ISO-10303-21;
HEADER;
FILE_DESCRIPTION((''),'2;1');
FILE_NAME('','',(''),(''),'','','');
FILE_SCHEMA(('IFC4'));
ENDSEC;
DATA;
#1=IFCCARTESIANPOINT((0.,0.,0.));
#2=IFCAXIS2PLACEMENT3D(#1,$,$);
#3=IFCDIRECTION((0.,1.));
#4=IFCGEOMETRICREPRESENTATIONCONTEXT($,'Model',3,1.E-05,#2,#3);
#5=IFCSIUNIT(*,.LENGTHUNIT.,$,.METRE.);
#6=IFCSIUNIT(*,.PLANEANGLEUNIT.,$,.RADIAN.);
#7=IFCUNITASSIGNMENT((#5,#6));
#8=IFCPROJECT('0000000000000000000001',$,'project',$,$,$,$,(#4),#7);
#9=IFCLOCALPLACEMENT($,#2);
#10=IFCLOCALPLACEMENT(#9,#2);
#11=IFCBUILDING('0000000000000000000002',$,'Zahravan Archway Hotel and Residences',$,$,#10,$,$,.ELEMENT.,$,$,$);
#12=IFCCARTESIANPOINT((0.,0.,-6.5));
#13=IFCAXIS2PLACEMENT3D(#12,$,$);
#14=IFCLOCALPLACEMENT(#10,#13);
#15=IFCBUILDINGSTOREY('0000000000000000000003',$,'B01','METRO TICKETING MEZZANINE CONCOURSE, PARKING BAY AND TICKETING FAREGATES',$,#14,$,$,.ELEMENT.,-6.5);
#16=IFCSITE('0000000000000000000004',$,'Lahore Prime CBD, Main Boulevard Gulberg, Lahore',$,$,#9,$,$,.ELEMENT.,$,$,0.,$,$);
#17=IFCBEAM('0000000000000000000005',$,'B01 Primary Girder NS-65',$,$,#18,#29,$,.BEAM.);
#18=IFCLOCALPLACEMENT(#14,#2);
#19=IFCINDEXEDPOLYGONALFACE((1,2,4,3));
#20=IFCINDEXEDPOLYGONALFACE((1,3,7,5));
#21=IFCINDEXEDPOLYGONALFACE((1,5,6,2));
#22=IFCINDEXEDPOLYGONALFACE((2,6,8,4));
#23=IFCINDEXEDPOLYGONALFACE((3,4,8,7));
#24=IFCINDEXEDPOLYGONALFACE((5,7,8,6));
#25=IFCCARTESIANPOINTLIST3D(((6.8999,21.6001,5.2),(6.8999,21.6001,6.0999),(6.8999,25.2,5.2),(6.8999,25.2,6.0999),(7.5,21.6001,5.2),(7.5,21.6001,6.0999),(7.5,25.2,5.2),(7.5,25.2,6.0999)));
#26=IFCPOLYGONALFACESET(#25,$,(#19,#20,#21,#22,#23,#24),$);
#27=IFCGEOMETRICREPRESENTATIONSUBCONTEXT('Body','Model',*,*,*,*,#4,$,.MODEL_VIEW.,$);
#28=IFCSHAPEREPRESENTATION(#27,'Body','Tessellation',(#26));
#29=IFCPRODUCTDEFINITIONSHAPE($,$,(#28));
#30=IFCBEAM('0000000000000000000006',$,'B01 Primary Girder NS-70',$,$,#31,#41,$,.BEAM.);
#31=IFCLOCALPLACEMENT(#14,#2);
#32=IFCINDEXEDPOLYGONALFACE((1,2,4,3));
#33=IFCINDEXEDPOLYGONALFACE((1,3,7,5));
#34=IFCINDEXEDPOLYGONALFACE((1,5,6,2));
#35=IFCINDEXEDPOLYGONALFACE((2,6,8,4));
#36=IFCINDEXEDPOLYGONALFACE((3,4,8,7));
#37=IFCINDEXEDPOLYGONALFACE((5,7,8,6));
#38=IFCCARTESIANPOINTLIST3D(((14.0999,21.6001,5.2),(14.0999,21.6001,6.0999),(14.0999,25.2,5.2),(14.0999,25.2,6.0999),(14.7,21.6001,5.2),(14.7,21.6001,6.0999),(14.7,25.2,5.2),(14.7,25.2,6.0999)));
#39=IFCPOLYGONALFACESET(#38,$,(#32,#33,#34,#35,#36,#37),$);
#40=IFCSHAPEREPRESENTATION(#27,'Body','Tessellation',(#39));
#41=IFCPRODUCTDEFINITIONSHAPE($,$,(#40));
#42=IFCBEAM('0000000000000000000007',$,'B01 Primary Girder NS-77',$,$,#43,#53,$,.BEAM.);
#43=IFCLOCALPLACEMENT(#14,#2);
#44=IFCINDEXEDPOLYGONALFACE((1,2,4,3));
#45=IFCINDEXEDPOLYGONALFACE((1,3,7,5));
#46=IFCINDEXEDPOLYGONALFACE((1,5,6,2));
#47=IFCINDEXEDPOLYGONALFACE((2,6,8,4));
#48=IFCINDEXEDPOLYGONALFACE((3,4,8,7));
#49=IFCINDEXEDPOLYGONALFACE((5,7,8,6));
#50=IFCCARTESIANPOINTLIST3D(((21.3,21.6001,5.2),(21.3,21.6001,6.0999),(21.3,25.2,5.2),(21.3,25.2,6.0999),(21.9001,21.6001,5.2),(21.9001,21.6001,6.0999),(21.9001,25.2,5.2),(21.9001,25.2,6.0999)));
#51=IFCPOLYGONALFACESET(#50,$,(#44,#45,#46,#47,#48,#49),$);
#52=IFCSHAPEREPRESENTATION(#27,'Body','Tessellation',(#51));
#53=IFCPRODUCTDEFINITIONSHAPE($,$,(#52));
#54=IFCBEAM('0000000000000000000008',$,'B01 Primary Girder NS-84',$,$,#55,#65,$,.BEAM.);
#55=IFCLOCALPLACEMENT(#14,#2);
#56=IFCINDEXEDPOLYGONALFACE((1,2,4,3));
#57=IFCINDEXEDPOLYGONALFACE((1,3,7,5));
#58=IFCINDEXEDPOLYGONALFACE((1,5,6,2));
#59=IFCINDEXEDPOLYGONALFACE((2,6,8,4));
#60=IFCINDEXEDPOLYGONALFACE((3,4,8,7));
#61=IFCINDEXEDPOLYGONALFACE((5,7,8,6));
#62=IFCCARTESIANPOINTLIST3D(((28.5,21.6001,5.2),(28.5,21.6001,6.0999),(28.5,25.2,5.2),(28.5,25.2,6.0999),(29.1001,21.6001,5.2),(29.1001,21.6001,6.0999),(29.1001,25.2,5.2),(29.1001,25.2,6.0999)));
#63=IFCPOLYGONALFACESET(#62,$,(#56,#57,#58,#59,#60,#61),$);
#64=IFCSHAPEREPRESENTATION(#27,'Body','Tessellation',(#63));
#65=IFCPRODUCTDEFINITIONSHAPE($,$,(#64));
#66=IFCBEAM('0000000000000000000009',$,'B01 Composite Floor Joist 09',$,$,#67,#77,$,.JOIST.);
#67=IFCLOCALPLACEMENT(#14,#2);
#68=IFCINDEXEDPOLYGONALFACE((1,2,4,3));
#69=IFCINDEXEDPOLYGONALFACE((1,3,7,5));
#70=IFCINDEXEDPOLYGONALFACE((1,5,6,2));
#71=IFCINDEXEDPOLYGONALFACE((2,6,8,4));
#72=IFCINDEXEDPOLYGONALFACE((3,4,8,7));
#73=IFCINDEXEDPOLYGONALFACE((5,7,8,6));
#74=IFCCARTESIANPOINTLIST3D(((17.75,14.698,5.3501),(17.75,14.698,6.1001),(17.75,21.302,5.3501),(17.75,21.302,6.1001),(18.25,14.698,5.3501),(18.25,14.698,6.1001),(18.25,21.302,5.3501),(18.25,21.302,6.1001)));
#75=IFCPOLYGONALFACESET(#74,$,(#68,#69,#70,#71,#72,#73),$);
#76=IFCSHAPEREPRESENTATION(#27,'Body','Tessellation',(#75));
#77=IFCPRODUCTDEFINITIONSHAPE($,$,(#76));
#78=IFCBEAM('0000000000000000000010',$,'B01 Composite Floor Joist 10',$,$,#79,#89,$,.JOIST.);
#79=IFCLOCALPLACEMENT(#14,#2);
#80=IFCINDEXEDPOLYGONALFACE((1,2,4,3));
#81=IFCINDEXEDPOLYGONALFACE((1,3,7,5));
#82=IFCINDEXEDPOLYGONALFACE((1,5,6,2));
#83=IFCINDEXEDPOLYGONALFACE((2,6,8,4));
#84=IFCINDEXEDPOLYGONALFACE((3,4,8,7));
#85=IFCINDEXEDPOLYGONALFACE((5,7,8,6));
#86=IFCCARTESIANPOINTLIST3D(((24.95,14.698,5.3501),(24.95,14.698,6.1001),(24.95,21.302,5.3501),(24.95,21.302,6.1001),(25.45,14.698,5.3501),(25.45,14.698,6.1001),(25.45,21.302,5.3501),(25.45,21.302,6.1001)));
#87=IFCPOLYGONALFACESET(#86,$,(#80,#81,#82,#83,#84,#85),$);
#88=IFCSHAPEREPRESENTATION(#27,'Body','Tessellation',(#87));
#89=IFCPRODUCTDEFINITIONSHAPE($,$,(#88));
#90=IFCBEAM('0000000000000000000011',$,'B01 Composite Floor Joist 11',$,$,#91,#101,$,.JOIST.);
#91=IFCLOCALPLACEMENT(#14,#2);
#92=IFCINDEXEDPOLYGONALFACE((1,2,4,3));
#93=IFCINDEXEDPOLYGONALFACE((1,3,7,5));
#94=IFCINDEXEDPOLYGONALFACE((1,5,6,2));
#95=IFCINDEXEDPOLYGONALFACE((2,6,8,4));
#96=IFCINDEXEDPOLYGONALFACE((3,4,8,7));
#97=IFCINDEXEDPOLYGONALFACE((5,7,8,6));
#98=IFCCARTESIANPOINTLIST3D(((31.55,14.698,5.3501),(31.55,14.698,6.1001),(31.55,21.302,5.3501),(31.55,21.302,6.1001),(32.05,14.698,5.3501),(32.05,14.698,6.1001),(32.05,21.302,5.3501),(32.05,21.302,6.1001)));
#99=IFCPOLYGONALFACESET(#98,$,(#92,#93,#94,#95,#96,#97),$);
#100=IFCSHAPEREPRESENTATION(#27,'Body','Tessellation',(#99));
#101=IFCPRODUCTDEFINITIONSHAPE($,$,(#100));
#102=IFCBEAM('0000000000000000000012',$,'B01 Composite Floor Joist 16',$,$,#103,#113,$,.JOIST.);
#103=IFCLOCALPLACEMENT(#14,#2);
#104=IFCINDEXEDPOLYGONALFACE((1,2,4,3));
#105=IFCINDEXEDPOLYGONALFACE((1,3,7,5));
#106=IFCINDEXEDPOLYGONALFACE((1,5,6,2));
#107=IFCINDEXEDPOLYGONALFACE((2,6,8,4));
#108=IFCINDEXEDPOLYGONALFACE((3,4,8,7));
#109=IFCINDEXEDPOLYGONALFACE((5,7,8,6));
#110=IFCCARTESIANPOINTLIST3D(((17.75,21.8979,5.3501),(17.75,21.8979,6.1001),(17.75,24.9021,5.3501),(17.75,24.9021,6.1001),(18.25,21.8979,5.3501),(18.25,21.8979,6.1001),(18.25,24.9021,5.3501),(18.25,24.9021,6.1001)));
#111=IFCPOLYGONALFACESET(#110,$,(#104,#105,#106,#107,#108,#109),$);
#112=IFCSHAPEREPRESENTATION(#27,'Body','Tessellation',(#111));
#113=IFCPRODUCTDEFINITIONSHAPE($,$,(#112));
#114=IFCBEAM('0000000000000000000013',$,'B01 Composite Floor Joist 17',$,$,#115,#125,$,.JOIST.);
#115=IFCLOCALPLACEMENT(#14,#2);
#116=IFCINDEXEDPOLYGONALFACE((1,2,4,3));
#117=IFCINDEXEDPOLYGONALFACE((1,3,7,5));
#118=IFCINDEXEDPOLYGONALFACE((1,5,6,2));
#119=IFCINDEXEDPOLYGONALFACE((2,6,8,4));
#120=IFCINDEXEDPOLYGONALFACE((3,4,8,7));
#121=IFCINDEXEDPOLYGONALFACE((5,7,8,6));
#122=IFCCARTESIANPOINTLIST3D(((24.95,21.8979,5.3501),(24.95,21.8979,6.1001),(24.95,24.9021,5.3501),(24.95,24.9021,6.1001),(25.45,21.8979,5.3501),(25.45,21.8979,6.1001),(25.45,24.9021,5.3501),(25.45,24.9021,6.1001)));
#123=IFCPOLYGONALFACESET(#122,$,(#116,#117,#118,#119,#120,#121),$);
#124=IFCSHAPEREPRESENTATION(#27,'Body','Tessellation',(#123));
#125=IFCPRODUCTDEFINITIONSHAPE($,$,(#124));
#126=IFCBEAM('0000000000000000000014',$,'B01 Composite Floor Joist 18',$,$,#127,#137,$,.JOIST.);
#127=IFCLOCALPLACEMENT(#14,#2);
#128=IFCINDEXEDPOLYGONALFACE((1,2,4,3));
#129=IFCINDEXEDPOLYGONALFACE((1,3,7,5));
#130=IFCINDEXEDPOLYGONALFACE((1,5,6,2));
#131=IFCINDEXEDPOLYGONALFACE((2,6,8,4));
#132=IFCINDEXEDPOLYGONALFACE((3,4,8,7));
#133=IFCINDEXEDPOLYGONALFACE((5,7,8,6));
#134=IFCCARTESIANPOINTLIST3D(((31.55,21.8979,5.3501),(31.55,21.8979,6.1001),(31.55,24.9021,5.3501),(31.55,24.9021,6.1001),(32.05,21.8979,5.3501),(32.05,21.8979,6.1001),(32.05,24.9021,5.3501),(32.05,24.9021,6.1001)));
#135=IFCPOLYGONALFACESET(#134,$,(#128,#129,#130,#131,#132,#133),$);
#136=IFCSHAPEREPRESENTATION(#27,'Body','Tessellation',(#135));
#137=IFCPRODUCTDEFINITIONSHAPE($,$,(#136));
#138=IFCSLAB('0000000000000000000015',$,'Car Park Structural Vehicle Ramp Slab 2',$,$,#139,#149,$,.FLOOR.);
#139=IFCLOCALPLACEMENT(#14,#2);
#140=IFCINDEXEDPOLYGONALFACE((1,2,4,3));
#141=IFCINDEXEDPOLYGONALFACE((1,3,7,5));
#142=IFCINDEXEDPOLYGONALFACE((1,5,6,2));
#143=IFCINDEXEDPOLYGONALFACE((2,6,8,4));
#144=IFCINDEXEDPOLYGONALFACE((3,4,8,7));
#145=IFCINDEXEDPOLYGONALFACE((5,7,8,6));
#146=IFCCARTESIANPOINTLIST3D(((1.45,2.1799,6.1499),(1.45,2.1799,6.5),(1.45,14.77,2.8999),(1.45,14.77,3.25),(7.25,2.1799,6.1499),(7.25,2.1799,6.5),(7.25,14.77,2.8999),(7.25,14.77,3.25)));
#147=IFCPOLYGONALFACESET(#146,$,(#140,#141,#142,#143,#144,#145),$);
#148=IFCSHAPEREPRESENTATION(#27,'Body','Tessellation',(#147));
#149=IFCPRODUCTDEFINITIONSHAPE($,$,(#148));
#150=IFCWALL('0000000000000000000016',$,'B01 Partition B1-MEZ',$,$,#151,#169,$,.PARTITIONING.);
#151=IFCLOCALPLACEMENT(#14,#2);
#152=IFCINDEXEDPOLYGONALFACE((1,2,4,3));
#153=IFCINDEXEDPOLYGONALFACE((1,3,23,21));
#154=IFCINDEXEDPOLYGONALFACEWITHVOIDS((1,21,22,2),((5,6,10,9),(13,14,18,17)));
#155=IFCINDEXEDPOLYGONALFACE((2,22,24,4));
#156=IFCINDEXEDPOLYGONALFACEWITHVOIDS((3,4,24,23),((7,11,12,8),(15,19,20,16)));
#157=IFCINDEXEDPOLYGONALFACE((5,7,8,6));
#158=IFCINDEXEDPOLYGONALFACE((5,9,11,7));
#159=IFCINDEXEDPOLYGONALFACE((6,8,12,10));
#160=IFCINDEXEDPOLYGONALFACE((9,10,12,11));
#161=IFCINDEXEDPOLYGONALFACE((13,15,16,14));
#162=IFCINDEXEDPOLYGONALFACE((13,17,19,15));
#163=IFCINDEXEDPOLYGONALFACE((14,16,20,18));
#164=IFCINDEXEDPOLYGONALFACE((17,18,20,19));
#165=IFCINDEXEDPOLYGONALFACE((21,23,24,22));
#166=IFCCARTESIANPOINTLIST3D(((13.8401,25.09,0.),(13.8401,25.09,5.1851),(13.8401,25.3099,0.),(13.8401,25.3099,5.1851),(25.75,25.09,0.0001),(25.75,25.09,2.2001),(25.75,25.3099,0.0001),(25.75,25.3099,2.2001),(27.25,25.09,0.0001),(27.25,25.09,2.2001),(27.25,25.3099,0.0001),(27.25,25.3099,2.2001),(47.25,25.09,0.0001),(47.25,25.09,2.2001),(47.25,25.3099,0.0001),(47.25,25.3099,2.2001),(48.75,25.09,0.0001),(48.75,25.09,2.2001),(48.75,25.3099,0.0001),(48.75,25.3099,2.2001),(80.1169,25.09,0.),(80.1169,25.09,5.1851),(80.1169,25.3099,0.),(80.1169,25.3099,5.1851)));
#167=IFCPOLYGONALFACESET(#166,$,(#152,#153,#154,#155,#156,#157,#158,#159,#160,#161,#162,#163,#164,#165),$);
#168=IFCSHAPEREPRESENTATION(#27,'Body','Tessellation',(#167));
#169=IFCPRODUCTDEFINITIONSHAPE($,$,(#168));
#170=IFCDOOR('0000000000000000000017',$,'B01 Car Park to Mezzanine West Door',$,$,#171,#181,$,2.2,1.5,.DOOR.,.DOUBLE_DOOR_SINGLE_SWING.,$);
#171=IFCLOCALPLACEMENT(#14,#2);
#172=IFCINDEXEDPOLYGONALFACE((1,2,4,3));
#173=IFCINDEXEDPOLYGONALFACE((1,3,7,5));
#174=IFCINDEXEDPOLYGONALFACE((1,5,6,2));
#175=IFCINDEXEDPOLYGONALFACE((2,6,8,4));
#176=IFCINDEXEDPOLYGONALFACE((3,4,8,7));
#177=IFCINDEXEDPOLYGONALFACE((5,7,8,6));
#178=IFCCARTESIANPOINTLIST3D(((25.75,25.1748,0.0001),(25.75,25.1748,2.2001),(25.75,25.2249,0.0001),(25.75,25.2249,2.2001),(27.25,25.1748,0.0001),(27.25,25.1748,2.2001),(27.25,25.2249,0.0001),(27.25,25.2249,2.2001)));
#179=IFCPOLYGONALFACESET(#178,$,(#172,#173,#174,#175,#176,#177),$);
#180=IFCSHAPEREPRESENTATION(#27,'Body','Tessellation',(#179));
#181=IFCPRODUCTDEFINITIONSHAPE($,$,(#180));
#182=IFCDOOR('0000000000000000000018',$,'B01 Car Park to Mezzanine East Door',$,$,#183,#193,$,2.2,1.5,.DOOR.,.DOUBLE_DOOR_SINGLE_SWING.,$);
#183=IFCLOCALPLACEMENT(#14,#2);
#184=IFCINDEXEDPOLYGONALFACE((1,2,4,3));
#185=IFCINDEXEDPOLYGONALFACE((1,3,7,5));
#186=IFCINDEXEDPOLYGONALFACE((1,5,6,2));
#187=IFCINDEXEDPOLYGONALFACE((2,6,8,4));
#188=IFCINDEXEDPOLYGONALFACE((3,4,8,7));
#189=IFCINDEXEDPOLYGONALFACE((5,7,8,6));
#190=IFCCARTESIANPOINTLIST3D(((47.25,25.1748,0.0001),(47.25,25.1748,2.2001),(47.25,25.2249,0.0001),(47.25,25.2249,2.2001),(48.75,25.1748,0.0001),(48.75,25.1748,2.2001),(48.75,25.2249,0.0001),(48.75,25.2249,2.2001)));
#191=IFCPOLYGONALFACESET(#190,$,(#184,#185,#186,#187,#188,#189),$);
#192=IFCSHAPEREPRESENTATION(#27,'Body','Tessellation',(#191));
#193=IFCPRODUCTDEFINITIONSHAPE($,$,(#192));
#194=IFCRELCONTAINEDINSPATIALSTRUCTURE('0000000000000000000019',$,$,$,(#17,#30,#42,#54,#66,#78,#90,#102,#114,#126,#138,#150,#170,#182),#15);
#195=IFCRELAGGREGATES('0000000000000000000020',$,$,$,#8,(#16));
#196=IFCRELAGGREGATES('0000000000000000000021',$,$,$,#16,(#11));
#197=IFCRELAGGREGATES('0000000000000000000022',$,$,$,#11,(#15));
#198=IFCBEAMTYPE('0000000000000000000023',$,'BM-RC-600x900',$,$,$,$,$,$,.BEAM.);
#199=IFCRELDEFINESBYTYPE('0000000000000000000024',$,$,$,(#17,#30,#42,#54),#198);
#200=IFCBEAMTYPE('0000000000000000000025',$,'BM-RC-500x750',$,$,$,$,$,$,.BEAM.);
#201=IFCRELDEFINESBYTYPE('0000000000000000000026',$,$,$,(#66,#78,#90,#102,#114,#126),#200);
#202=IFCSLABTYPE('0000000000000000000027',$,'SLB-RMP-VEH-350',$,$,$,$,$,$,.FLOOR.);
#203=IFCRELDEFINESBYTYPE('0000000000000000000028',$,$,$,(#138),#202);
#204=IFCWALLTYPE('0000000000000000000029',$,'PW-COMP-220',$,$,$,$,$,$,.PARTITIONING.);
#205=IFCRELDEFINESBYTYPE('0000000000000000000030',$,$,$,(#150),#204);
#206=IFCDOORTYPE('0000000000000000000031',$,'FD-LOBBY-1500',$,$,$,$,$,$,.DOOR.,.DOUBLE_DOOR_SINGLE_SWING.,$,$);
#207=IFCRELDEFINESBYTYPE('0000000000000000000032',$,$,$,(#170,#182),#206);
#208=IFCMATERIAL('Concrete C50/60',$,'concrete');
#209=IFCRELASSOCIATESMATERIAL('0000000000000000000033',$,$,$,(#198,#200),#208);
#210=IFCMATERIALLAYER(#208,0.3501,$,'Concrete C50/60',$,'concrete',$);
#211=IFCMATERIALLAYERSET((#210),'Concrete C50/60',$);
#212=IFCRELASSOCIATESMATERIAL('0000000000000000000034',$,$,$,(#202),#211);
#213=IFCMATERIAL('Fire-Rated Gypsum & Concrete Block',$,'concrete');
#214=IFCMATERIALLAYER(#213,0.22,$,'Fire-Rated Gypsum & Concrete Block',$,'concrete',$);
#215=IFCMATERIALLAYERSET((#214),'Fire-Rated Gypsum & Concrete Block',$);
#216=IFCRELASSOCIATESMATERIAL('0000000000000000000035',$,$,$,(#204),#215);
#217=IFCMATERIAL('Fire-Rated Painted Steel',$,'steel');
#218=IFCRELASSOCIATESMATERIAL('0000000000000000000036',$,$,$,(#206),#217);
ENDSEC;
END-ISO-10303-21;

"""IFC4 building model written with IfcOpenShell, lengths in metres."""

from ifc_helpers import new_model, si_unit, direction, frame, frame_2d, origin, origin_2d, place, context, subcontext, project, spatial, polyline, rectangle, outline, extrude, source, transform, mapped, material, layer, layer_set, material_profile, profile_set, type_object, type_shapes, element, fill, save


model = new_model("IFC4")

# Units and contexts
model_context = context("Model", 3, precision=1e-05, world=origin(), true_north=direction((0.0, 1.0)))
body_context = subcontext(model_context, "Body", "Model", "MODEL_VIEW")
ifc_project = project(units=[si_unit("LENGTHUNIT", "METRE"), si_unit("PLANEANGLEUNIT", "RADIAN")], contexts=[model_context])

# Site, building, storey
site_placement = place(None, origin())
site = spatial("IfcSite", under=ifc_project, at=site_placement, Name="Lahore Prime CBD, Main Boulevard Gulberg, Lahore", CompositionType="ELEMENT", RefElevation=0.0)
building_placement = place(site_placement, origin())
building = spatial("IfcBuilding", under=site, at=building_placement, Name="Zahravan Archway Hotel and Residences", CompositionType="ELEMENT")
storey_placement = place(building_placement, frame((0.0, 0.0, -6.5)))
storey = spatial("IfcBuildingStorey", under=building, at=storey_placement, Name="B01", Description="METRO TICKETING MEZZANINE CONCOURSE, PARKING BAY AND TICKETING FAREGATES", CompositionType="ELEMENT", Elevation=-6.5)

# Beams
ifc_material_1 = material(Name="Concrete C50/60", Category="concrete")
ifc_material_profile_1 = material_profile(ifc_material_1, rectangle(XDim=0.6001, YDim=0.8999, at=origin_2d()), Name="RC-BM-600x900", Category="concrete")
ifc_profile_set_1 = profile_set([ifc_material_profile_1], Name="Concrete C50/60")
beam_type_1 = type_object("IfcBeamType", Name="BM-RC-600x900", PredefinedType="BEAM", material=ifc_profile_set_1)
shared_shape_1 = source(origin(), body_context, "Body", "SweptSolid", [
    extrude(rectangle(XDim=0.6001, YDim=0.8999, at=origin_2d()), origin(), (0.0, 0.0, 1.0), 3.5999),
])
for number, where, z_axis, x_axis, name in (
    (1, (7.2, 21.6001, 5.6499), (0.0, 1.0, 0.0), (-1.0, 0.0, 0.0), "B01 Primary Girder NS-65"),
    (2, (14.3999, 21.6001, 5.6499), (0.0, 1.0, 0.0), (-1.0, 0.0, 0.0), "B01 Primary Girder NS-70"),
    (3, (21.6001, 21.6001, 5.6499), (0.0, 1.0, 0.0), (-1.0, 0.0, 0.0), "B01 Primary Girder NS-77"),
    (4, (28.8, 21.6001, 5.6499), (0.0, 1.0, 0.0), (-1.0, 0.0, 0.0), "B01 Primary Girder NS-84"),
):
    element("IfcBeam", number, at=place(storey_placement, frame(where, z_axis=z_axis, x_axis=x_axis)), inside=storey, type_object=beam_type_1, Name=name, PredefinedType="BEAM", context=body_context, shape_type="MappedRepresentation", body=[
        mapped(shared_shape_1, transform((0.0, 0.0, 0.0), scale=1.0)),
    ])
ifc_material_profile_2 = material_profile(ifc_material_1, rectangle(XDim=0.5, YDim=0.75, at=origin_2d()), Name="RC-BM-500x750", Category="concrete")
ifc_profile_set_2 = profile_set([ifc_material_profile_2], Name="Concrete C50/60")
beam_type_2 = type_object("IfcBeamType", Name="BM-RC-500x750", PredefinedType="BEAM", material=ifc_profile_set_2)
shared_shape_2 = source(origin(), body_context, "Body", "SweptSolid", [
    extrude(rectangle(XDim=0.5, YDim=0.75, at=origin_2d()), origin(), (0.0, 0.0, 1.0), 6.604),
])
type_shapes(beam_type_2, [shared_shape_2])
for number, where, z_axis, x_axis, name in (
    (5, (18.0, 14.698, 5.7251), (0.0, 1.0, 0.0), (-1.0, 0.0, 0.0), "B01 Composite Floor Joist 09"),
    (6, (25.2, 14.698, 5.7251), (0.0, 1.0, 0.0), (-1.0, 0.0, 0.0), "B01 Composite Floor Joist 10"),
    (7, (31.8, 14.698, 5.7251), (0.0, 1.0, 0.0), (-1.0, 0.0, 0.0), "B01 Composite Floor Joist 11"),
):
    element("IfcBeam", number, at=place(storey_placement, frame(where, z_axis=z_axis, x_axis=x_axis)), inside=storey, type_object=beam_type_2, Name=name, PredefinedType="JOIST", context=body_context, shape_type="MappedRepresentation", body=[
        mapped(shared_shape_2, transform((0.0, 0.0, 0.0), scale=1.0)),
    ])
shared_shape_3 = source(origin(), body_context, "Body", "SweptSolid", [
    extrude(rectangle(XDim=0.5, YDim=0.75, at=origin_2d()), origin(), (0.0, 0.0, 1.0), 3.0042),
])
for number, where, z_axis, x_axis, name in (
    (8, (18.0, 21.8979, 5.7251), (0.0, 1.0, 0.0), (-1.0, 0.0, 0.0), "B01 Composite Floor Joist 16"),
    (9, (25.2, 21.8979, 5.7251), (0.0, 1.0, 0.0), (-1.0, 0.0, 0.0), "B01 Composite Floor Joist 17"),
    (10, (31.8, 21.8979, 5.7251), (0.0, 1.0, 0.0), (-1.0, 0.0, 0.0), "B01 Composite Floor Joist 18"),
):
    element("IfcBeam", number, at=place(storey_placement, frame(where, z_axis=z_axis, x_axis=x_axis)), inside=storey, type_object=beam_type_2, Name=name, PredefinedType="JOIST", context=body_context, shape_type="MappedRepresentation", body=[
        mapped(shared_shape_3, transform((0.0, 0.0, 0.0), scale=1.0)),
    ])

# Slab
ifc_layer_1 = layer(ifc_material_1, 0.3501, Name="Concrete C50/60", Category="concrete")
ifc_layer_set_1 = layer_set([ifc_layer_1], Name="Concrete C50/60")
slab_type = type_object("IfcSlabType", Name="SLB-RMP-VEH-350", PredefinedType="FLOOR", material=ifc_layer_set_1)
slab_placement = place(storey_placement, frame((7.25, 14.77, 3.25), z_axis=(-1.0, 0.0, 0.0), x_axis=(0.0, -1.0, 0.0)))
element("IfcSlab", 11, at=slab_placement, inside=storey, type_object=slab_type, Name="Car Park Structural Vehicle Ramp Slab 2", PredefinedType="FLOOR", context=body_context, shape_type="SweptSolid", body=[
    extrude(outline(polyline([(0.0, 0.0), (12.5901, 3.25), (12.5901, 2.8999), (0.0, -0.3501), (0.0, 0.0)])), origin(), (0.0, 0.0, 1.0), 5.8),
])

# Wall, openings, doors
ifc_material_2 = material(Name="Fire-Rated Gypsum & Concrete Block", Category="concrete")
ifc_layer_2 = layer(ifc_material_2, 0.22, Name="Fire-Rated Gypsum & Concrete Block", Category="concrete")
ifc_layer_set_2 = layer_set([ifc_layer_2], Name="Fire-Rated Gypsum & Concrete Block")
wall_type = type_object("IfcWallType", Name="PW-COMP-220", PredefinedType="PARTITIONING", material=ifc_layer_set_2)
wall_placement = place(storey_placement, frame((13.8401, 25.2, 0.0), z_axis=(0.0, 0.0, 1.0), x_axis=(1.0, 0.0, 0.0)))
wall = element("IfcWall", 12, at=wall_placement, inside=storey, type_object=wall_type, Name="B01 Partition B1-MEZ", PredefinedType="PARTITIONING", context=body_context, shape_type="SweptSolid", body=[
    extrude(rectangle(XDim=66.2769, YDim=0.22, at=frame_2d((33.1384, 0.0))), origin(), (0.0, 0.0, 1.0), 5.1851),
])
opening_1_placement = place(wall_placement, frame((11.9099, 0.0, 0.0)))
opening_1 = element("IfcOpeningElement", 13, at=opening_1_placement, cuts=wall, PredefinedType="OPENING", context=body_context, shape_type="SweptSolid", body=[
    extrude(rectangle(XDim=1.5, YDim=2.2, at=frame_2d((0.75, 1.1001))), frame((0.0, 0.1201, 0.0), z_axis=(0.0, -1.0, 0.0), x_axis=(1.0, 0.0, 0.0)), (0.0, 0.0, 1.0), 0.24),
])
opening_2_placement = place(wall_placement, frame((33.4099, 0.0, 0.0)))
opening_2 = element("IfcOpeningElement", 14, at=opening_2_placement, cuts=wall, PredefinedType="OPENING", context=body_context, shape_type="SweptSolid", body=[
    extrude(rectangle(XDim=1.5, YDim=2.2, at=frame_2d((0.75, 1.1001))), frame((0.0, 0.1201, 0.0), z_axis=(0.0, -1.0, 0.0), x_axis=(1.0, 0.0, 0.0)), (0.0, 0.0, 1.0), 0.24),
])
ifc_material_3 = material(Name="Fire-Rated Painted Steel", Category="steel")
door_type = type_object("IfcDoorType", Name="FD-LOBBY-1500", OperationType="DOUBLE_DOOR_SINGLE_SWING", PredefinedType="DOOR", material=ifc_material_3)
shared_shape_4 = source(origin(), body_context, "Body", "SweptSolid", [
    extrude(rectangle(XDim=1.5, YDim=2.2, at=frame_2d((0.75, 1.1001))), frame((0.0, 0.0249, 0.0), z_axis=(0.0, -1.0, 0.0), x_axis=(1.0, 0.0, 0.0)), (0.0, 0.0, 1.0), 0.05),
])
type_shapes(door_type, [shared_shape_4])
door_1_placement = place(opening_1_placement, origin())
door_1 = element("IfcDoor", 15, at=door_1_placement, inside=storey, type_object=door_type, Name="B01 Car Park to Mezzanine West Door", OperationType="DOUBLE_DOOR_SINGLE_SWING", OverallHeight=2.2, OverallWidth=1.5, PredefinedType="DOOR", context=body_context, shape_type="MappedRepresentation", body=[
    mapped(shared_shape_4, transform((0.0, 0.0, 0.0), scale=1.0)),
])
fill(opening_1, door_1)
door_2_placement = place(opening_2_placement, origin())
door_2 = element("IfcDoor", 16, at=door_2_placement, inside=storey, type_object=door_type, Name="B01 Car Park to Mezzanine East Door", OperationType="DOUBLE_DOOR_SINGLE_SWING", OverallHeight=2.2, OverallWidth=1.5, PredefinedType="DOOR", context=body_context, shape_type="MappedRepresentation", body=[
    mapped(shared_shape_4, transform((0.0, 0.0, 0.0), scale=1.0)),
])
fill(opening_2, door_2)

save(model, "model.ifc")
